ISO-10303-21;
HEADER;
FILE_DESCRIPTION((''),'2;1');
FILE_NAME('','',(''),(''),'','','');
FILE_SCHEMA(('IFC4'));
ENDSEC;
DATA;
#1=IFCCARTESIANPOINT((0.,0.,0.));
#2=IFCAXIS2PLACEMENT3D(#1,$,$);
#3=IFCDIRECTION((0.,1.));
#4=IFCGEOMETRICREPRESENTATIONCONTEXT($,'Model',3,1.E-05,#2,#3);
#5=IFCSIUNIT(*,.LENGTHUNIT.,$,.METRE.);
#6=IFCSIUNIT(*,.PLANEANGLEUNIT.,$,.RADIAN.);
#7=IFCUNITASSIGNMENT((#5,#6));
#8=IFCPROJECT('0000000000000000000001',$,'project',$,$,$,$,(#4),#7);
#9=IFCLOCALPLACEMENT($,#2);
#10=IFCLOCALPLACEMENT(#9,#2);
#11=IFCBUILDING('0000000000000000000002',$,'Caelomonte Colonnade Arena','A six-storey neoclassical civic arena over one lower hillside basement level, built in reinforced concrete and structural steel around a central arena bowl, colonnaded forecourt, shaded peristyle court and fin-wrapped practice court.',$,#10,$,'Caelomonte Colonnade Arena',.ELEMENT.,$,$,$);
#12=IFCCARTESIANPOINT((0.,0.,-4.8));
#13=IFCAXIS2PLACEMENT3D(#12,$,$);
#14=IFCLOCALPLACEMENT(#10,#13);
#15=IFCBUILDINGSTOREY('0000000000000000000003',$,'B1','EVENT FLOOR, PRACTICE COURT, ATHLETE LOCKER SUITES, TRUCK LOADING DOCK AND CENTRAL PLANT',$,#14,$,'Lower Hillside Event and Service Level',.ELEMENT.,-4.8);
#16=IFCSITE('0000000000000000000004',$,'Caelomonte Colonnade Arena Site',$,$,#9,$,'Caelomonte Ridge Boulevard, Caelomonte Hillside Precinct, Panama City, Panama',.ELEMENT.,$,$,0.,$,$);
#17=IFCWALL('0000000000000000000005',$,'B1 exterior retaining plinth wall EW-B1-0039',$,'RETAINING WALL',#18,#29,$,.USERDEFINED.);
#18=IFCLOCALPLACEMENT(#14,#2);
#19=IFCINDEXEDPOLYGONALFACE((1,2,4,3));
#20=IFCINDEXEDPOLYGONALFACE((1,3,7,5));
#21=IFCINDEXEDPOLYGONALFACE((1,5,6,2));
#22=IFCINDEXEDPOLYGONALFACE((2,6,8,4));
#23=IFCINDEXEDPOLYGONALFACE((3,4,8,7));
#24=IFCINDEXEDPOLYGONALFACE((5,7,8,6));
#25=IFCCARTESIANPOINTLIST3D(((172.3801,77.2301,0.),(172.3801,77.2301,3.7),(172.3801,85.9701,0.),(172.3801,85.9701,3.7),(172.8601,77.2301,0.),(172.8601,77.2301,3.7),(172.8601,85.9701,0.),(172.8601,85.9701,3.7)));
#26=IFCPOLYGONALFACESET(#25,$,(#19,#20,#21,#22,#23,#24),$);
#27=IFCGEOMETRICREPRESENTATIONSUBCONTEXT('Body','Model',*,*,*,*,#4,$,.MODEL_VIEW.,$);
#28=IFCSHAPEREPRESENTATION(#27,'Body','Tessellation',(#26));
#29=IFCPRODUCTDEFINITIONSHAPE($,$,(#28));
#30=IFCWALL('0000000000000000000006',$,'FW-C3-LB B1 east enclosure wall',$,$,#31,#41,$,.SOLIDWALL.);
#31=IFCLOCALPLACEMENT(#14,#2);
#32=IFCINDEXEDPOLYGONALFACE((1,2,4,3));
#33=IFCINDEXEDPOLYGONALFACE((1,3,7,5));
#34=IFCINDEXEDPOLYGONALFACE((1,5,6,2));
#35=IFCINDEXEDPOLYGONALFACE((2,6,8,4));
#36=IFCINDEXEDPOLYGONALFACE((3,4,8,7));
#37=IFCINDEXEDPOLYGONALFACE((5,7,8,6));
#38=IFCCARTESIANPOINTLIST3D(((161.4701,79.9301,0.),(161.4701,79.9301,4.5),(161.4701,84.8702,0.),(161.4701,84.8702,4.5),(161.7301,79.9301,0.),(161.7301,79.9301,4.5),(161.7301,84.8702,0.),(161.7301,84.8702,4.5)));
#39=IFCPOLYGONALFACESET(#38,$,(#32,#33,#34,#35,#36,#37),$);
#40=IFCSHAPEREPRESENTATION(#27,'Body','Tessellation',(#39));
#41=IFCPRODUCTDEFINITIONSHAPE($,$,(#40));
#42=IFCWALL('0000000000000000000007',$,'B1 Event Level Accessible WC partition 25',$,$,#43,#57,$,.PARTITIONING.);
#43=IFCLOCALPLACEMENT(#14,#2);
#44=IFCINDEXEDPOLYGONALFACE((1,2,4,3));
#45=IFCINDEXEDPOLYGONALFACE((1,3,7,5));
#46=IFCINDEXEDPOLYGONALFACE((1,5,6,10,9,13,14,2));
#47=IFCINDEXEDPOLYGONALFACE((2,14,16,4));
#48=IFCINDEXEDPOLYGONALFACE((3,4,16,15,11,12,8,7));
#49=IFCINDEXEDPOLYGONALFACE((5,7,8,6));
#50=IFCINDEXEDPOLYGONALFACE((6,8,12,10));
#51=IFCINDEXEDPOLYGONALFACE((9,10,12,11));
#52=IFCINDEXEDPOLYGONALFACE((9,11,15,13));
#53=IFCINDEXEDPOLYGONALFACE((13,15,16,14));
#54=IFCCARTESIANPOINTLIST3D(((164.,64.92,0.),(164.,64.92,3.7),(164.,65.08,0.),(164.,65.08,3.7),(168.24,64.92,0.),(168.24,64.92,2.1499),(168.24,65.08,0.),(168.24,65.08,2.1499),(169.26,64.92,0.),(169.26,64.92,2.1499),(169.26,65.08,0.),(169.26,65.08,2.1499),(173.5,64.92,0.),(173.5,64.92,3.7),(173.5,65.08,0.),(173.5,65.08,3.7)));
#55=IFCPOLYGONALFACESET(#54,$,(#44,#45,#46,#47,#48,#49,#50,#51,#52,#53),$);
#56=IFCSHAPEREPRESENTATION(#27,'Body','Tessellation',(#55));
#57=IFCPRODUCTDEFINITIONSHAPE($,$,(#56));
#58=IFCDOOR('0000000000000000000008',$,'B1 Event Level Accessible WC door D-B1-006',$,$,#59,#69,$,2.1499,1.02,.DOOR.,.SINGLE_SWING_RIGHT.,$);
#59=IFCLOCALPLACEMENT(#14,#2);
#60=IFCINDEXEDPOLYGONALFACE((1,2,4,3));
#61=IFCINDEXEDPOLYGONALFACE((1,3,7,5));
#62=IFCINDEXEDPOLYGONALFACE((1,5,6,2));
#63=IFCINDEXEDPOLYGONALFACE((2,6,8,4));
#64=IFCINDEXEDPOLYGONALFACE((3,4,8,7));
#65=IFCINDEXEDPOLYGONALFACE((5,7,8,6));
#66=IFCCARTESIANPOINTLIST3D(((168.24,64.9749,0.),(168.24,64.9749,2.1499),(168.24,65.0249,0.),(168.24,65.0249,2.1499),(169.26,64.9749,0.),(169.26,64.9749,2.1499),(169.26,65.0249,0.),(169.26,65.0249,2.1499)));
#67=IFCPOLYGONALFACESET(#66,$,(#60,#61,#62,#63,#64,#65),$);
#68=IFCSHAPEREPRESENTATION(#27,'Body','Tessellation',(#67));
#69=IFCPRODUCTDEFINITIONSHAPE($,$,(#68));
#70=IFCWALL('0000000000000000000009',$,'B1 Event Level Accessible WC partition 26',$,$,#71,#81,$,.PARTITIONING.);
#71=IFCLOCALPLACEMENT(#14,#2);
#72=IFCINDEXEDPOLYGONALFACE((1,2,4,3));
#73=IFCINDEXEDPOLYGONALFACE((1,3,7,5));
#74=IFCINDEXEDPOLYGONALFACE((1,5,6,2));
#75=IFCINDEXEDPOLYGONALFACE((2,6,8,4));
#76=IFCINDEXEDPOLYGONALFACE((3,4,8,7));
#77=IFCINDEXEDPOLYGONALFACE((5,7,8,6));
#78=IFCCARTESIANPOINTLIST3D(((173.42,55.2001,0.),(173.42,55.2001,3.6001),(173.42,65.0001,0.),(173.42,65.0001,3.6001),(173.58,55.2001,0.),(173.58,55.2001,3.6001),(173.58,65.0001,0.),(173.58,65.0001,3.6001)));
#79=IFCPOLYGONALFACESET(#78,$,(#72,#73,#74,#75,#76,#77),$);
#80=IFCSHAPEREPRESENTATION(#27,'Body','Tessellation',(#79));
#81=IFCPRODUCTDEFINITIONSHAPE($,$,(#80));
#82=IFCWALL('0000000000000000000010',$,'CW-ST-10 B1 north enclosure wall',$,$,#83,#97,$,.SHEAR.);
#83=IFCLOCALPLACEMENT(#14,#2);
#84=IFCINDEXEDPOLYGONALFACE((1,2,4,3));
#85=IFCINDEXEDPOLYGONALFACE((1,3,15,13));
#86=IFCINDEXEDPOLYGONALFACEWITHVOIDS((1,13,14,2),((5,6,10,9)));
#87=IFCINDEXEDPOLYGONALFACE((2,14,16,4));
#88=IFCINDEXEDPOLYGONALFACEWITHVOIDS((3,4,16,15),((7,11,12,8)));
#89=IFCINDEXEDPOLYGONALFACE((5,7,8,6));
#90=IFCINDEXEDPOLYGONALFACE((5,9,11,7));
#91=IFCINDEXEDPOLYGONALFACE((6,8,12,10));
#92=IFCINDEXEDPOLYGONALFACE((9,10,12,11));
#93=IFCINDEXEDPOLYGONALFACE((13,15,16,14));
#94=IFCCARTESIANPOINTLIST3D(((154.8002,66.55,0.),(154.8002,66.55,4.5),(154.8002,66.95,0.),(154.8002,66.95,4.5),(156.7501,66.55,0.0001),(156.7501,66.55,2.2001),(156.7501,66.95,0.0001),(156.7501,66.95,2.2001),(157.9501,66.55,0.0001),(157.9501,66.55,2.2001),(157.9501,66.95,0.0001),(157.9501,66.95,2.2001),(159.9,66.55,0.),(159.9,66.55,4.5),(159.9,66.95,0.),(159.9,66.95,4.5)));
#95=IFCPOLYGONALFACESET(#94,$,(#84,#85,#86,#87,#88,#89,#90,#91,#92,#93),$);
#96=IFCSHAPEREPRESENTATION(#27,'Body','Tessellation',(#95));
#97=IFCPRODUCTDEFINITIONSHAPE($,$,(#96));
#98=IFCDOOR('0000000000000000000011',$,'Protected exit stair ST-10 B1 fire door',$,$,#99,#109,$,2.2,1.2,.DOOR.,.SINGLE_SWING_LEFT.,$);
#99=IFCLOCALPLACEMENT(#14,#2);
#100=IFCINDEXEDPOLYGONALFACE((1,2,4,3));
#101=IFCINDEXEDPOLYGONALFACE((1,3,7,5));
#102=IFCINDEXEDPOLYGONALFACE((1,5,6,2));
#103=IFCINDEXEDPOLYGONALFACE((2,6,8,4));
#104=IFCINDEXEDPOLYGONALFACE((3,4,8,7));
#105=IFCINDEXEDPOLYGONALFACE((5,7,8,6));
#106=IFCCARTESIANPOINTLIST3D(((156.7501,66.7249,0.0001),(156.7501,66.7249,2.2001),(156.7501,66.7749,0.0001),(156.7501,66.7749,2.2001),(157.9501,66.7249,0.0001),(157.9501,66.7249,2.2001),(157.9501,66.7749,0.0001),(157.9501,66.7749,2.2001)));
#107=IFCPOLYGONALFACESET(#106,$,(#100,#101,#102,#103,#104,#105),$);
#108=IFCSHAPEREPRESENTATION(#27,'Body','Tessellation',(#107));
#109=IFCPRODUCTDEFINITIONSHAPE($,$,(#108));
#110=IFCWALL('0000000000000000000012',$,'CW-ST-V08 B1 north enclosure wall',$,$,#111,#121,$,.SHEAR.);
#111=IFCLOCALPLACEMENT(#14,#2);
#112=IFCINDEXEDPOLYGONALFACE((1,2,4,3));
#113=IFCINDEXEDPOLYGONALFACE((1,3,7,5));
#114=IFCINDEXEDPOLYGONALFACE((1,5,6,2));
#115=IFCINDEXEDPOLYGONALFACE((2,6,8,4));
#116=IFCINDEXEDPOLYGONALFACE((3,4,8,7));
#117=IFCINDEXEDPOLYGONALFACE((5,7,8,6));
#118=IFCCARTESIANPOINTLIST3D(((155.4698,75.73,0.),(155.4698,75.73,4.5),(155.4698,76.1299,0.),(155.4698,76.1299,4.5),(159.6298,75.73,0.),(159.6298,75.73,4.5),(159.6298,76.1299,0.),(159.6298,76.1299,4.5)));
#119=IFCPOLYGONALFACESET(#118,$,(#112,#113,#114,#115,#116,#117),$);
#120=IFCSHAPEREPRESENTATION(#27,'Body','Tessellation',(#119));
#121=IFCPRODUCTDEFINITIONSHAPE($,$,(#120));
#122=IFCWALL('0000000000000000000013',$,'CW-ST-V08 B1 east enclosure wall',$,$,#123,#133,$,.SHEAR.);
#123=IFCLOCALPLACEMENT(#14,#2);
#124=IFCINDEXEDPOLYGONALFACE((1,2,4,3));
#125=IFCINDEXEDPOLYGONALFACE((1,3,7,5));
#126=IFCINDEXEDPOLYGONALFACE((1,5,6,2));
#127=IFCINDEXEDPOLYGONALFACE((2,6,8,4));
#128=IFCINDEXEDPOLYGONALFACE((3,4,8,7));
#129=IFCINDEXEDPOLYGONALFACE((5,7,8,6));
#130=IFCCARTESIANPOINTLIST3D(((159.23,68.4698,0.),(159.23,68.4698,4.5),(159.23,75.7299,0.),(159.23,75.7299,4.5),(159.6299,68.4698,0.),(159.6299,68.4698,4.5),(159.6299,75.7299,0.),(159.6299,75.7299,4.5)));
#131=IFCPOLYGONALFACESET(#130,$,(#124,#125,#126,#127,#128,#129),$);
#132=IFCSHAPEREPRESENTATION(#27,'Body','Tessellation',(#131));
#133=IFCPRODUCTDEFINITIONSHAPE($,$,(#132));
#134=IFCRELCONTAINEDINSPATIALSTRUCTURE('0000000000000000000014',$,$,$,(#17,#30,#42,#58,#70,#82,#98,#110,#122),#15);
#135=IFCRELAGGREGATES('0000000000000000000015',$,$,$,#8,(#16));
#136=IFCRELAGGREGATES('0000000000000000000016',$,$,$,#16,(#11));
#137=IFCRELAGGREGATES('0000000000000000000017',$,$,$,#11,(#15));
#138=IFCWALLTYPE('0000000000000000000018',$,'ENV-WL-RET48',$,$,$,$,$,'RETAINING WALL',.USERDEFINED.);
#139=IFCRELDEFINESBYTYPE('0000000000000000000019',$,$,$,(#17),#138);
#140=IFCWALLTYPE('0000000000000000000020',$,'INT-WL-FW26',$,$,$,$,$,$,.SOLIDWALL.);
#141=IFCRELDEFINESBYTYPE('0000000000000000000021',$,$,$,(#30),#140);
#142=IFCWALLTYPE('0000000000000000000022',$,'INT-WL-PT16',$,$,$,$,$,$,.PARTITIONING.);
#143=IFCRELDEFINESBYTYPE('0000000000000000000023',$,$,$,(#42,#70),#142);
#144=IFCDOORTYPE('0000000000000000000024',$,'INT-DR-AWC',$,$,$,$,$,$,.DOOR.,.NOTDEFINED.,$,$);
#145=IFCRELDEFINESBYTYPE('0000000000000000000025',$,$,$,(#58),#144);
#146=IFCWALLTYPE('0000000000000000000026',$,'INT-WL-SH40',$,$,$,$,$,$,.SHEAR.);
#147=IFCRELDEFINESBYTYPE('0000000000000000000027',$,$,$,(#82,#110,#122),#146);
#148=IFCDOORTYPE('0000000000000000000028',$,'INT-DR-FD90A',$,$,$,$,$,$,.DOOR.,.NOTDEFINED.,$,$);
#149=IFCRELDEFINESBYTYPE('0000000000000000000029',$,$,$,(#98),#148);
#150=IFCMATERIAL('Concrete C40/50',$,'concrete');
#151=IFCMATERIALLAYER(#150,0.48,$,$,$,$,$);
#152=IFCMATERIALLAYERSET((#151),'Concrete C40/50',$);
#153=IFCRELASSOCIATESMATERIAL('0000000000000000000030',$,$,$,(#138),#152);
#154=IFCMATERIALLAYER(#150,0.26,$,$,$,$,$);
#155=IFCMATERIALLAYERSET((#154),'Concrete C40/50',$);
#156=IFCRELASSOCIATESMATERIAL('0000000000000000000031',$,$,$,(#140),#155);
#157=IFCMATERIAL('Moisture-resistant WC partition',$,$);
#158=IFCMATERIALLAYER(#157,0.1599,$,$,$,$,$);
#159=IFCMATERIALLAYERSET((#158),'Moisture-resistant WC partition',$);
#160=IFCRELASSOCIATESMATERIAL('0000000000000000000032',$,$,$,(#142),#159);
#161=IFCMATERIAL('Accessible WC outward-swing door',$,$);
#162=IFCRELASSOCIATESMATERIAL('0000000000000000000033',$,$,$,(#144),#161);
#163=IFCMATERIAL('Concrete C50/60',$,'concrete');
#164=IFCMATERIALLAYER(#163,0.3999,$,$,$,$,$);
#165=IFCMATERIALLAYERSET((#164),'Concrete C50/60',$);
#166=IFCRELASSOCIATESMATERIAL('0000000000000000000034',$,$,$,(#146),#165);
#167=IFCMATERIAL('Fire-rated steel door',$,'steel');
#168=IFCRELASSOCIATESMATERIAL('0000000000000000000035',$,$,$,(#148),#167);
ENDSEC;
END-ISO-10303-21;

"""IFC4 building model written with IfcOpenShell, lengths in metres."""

from ifc_helpers import new_model, si_unit, direction, frame, frame_2d, origin, place, context, subcontext, project, spatial, rectangle, extrude, material, layer, layer_set, type_object, element, fill, save


model = new_model("IFC4")

# Units and contexts
model_context = context("Model", 3, precision=1e-05, world=origin(), true_north=direction((0.0, 1.0)))
body_context = subcontext(model_context, "Body", "Model", "MODEL_VIEW")
ifc_project = project(units=[si_unit("LENGTHUNIT", "METRE"), si_unit("PLANEANGLEUNIT", "RADIAN")], contexts=[model_context])

# Site, building, storey
site_placement = place(None, origin())
site = spatial("IfcSite", under=ifc_project, at=site_placement, Name="Caelomonte Colonnade Arena Site", LongName="Caelomonte Ridge Boulevard, Caelomonte Hillside Precinct, Panama City, Panama", CompositionType="ELEMENT", RefElevation=0.0)
building_placement = place(site_placement, origin())
building = spatial("IfcBuilding", under=site, at=building_placement, Name="Caelomonte Colonnade Arena", Description="A six-storey neoclassical civic arena over one lower hillside basement level, built in reinforced concrete and structural steel around a central arena bowl, colonnaded forecourt, shaded peristyle court and fin-wrapped practice court.", LongName="Caelomonte Colonnade Arena", CompositionType="ELEMENT")
storey_placement = place(building_placement, frame((0.0, 0.0, -4.8)))
storey = spatial("IfcBuildingStorey", under=building, at=storey_placement, Name="B1", Description="EVENT FLOOR, PRACTICE COURT, ATHLETE LOCKER SUITES, TRUCK LOADING DOCK AND CENTRAL PLANT", LongName="Lower Hillside Event and Service Level", CompositionType="ELEMENT", Elevation=-4.8)

# Shared definitions
ifc_material_1 = material(Name="Concrete C40/50", Category="concrete")

# Shared definitions
ifc_material_2 = material(Name="Concrete C50/60", Category="concrete")

# Walls
ifc_layer_1 = layer(ifc_material_1, 0.48)
ifc_layer_set_1 = layer_set([ifc_layer_1], Name="Concrete C40/50")
wall_type_1 = type_object("IfcWallType", Name="ENV-WL-RET48", ElementType="RETAINING WALL", PredefinedType="USERDEFINED", material=ifc_layer_set_1)
wall_1_placement = place(storey_placement, frame((172.6201, 77.23, 0.0), z_axis=(0.0, 0.0, 1.0), x_axis=(0.0, 1.0, 0.0)))
element("IfcWall", 1, at=wall_1_placement, inside=storey, type_object=wall_type_1, Name="B1 exterior retaining plinth wall EW-B1-0039", ObjectType="RETAINING WALL", PredefinedType="USERDEFINED", context=body_context, shape_type="SweptSolid", body=[
    extrude(rectangle(XDim=8.74, YDim=0.48, at=frame_2d((4.3701, 0.0))), origin(), (0.0, 0.0, 1.0), 3.7),
])
ifc_layer_2 = layer(ifc_material_1, 0.26)
ifc_layer_set_2 = layer_set([ifc_layer_2], Name="Concrete C40/50")
wall_type_2 = type_object("IfcWallType", Name="INT-WL-FW26", PredefinedType="SOLIDWALL", material=ifc_layer_set_2)
wall_2_placement = place(storey_placement, frame((161.6001, 79.9299, 0.0), z_axis=(0.0, 0.0, 1.0), x_axis=(0.0, 1.0, 0.0)))
element("IfcWall", 2, at=wall_2_placement, inside=storey, type_object=wall_type_2, Name="FW-C3-LB B1 east enclosure wall", PredefinedType="SOLIDWALL", context=body_context, shape_type="SweptSolid", body=[
    extrude(rectangle(XDim=4.9402, YDim=0.26, at=frame_2d((2.4702, 0.0))), origin(), (0.0, 0.0, 1.0), 4.5),
])

# Wall, opening, door
ifc_material_3 = material(Name="Moisture-resistant WC partition")
ifc_layer_3 = layer(ifc_material_3, 0.1599)
ifc_layer_set_3 = layer_set([ifc_layer_3], Name="Moisture-resistant WC partition")
wall_type_3 = type_object("IfcWallType", Name="INT-WL-PT16", PredefinedType="PARTITIONING", material=ifc_layer_set_3)
wall_3_placement = place(storey_placement, frame((164.0, 65.0, 0.0), z_axis=(0.0, 0.0, 1.0), x_axis=(1.0, 0.0, 0.0)))
wall_3 = element("IfcWall", 3, at=wall_3_placement, inside=storey, type_object=wall_type_3, Name="B1 Event Level Accessible WC partition 25", PredefinedType="PARTITIONING", context=body_context, shape_type="SweptSolid", body=[
    extrude(rectangle(XDim=9.5, YDim=0.1599, at=frame_2d((4.75, 0.0))), origin(), (0.0, 0.0, 1.0), 3.7),
])
opening_1_placement = place(wall_3_placement, frame((4.24, 0.0, 0.0), z_axis=(0.0, 0.0, 1.0), x_axis=(1.0, 0.0, 0.0)))
opening_1 = element("IfcOpeningElement", 4, at=opening_1_placement, cuts=wall_3, PredefinedType="OPENING", context=body_context, shape_type="SweptSolid", body=[
    extrude(rectangle(XDim=1.02, YDim=2.1499, at=frame_2d((0.51, 1.075))), frame((0.0, 0.0898, 0.0), z_axis=(0.0, -1.0, 0.0), x_axis=(1.0, 0.0, 0.0)), (0.0, 0.0, 1.0), 0.1799),
])
ifc_material_4 = material(Name="Accessible WC outward-swing door")
door_type_1 = type_object("IfcDoorType", Name="INT-DR-AWC", OperationType="NOTDEFINED", PredefinedType="DOOR", material=ifc_material_4)
door_1_placement = place(opening_1_placement, origin())
door_1 = element("IfcDoor", 5, at=door_1_placement, inside=storey, type_object=door_type_1, Name="B1 Event Level Accessible WC door D-B1-006", OperationType="SINGLE_SWING_RIGHT", OverallHeight=2.1499, OverallWidth=1.02, PredefinedType="DOOR", context=body_context, shape_type="SweptSolid", body=[
    extrude(rectangle(XDim=1.02, YDim=2.1499, at=frame_2d((0.51, 1.075))), frame((0.0, 0.0249, 0.0), z_axis=(0.0, -1.0, 0.0), x_axis=(1.0, 0.0, 0.0)), (0.0, 0.0, 1.0), 0.05),
])
fill(opening_1, door_1)

# Wall
wall_4_placement = place(storey_placement, frame((173.5, 65.0, 0.0), z_axis=(0.0, 0.0, 1.0), x_axis=(0.0, -1.0, 0.0)))
element("IfcWall", 6, at=wall_4_placement, inside=storey, type_object=wall_type_3, Name="B1 Event Level Accessible WC partition 26", PredefinedType="PARTITIONING", context=body_context, shape_type="SweptSolid", body=[
    extrude(rectangle(XDim=9.8, YDim=0.1599, at=frame_2d((4.8999, 0.0))), origin(), (0.0, 0.0, 1.0), 3.6001),
])

# Wall, opening, door
ifc_layer_4 = layer(ifc_material_2, 0.3999)
ifc_layer_set_4 = layer_set([ifc_layer_4], Name="Concrete C50/60")
wall_type_4 = type_object("IfcWallType", Name="INT-WL-SH40", PredefinedType="SHEAR", material=ifc_layer_set_4)
wall_5_placement = place(storey_placement, frame((159.8999, 66.75, 0.0), z_axis=(0.0, 0.0, 1.0), x_axis=(-1.0, 0.0, 0.0)))
wall_5 = element("IfcWall", 7, at=wall_5_placement, inside=storey, type_object=wall_type_4, Name="CW-ST-10 B1 north enclosure wall", PredefinedType="SHEAR", context=body_context, shape_type="SweptSolid", body=[
    extrude(rectangle(XDim=5.0999, YDim=0.3999, at=frame_2d((2.5498, 0.0))), origin(), (0.0, 0.0, 1.0), 4.5),
])
opening_2_placement = place(wall_5_placement, frame((3.1499, 0.0, 0.0), z_axis=(0.0, 0.0, 1.0), x_axis=(-1.0, 0.0, 0.0)))
opening_2 = element("IfcOpeningElement", 8, at=opening_2_placement, cuts=wall_5, PredefinedType="OPENING", context=body_context, shape_type="SweptSolid", body=[
    extrude(rectangle(XDim=1.2, YDim=2.2, at=frame_2d((0.6001, 1.1001))), frame((0.0, 0.21, 0.0), z_axis=(0.0, -1.0, 0.0), x_axis=(1.0, 0.0, 0.0)), (0.0, 0.0, 1.0), 0.4199),
])
ifc_material_5 = material(Name="Fire-rated steel door", Category="steel")
door_type_2 = type_object("IfcDoorType", Name="INT-DR-FD90A", OperationType="NOTDEFINED", PredefinedType="DOOR", material=ifc_material_5)
door_2_placement = place(opening_2_placement, origin())
door_2 = element("IfcDoor", 9, at=door_2_placement, inside=storey, type_object=door_type_2, Name="Protected exit stair ST-10 B1 fire door", OperationType="SINGLE_SWING_LEFT", OverallHeight=2.2, OverallWidth=1.2, PredefinedType="DOOR", context=body_context, shape_type="SweptSolid", body=[
    extrude(rectangle(XDim=1.2, YDim=2.2, at=frame_2d((0.6001, 1.1001))), frame((0.0, 0.0249, 0.0), z_axis=(0.0, -1.0, 0.0), x_axis=(1.0, 0.0, 0.0)), (0.0, 0.0, 1.0), 0.05),
])
fill(opening_2, door_2)

# Walls
wall_6_placement = place(storey_placement, frame((159.6299, 75.9299, 0.0), z_axis=(0.0, 0.0, 1.0), x_axis=(-1.0, 0.0, 0.0)))
element("IfcWall", 10, at=wall_6_placement, inside=storey, type_object=wall_type_4, Name="CW-ST-V08 B1 north enclosure wall", PredefinedType="SHEAR", context=body_context, shape_type="SweptSolid", body=[
    extrude(rectangle(XDim=4.1599, YDim=0.3999, at=frame_2d((2.0801, 0.0))), origin(), (0.0, 0.0, 1.0), 4.5),
])
wall_7_placement = place(storey_placement, frame((159.4299, 68.47, 0.0), z_axis=(0.0, 0.0, 1.0), x_axis=(0.0, 1.0, 0.0)))
element("IfcWall", 11, at=wall_7_placement, inside=storey, type_object=wall_type_4, Name="CW-ST-V08 B1 east enclosure wall", PredefinedType="SHEAR", context=body_context, shape_type="SweptSolid", body=[
    extrude(rectangle(XDim=7.26, YDim=0.3999, at=frame_2d((3.6299, 0.0))), origin(), (0.0, 0.0, 1.0), 4.5),
])

save(model, "model.ifc")
